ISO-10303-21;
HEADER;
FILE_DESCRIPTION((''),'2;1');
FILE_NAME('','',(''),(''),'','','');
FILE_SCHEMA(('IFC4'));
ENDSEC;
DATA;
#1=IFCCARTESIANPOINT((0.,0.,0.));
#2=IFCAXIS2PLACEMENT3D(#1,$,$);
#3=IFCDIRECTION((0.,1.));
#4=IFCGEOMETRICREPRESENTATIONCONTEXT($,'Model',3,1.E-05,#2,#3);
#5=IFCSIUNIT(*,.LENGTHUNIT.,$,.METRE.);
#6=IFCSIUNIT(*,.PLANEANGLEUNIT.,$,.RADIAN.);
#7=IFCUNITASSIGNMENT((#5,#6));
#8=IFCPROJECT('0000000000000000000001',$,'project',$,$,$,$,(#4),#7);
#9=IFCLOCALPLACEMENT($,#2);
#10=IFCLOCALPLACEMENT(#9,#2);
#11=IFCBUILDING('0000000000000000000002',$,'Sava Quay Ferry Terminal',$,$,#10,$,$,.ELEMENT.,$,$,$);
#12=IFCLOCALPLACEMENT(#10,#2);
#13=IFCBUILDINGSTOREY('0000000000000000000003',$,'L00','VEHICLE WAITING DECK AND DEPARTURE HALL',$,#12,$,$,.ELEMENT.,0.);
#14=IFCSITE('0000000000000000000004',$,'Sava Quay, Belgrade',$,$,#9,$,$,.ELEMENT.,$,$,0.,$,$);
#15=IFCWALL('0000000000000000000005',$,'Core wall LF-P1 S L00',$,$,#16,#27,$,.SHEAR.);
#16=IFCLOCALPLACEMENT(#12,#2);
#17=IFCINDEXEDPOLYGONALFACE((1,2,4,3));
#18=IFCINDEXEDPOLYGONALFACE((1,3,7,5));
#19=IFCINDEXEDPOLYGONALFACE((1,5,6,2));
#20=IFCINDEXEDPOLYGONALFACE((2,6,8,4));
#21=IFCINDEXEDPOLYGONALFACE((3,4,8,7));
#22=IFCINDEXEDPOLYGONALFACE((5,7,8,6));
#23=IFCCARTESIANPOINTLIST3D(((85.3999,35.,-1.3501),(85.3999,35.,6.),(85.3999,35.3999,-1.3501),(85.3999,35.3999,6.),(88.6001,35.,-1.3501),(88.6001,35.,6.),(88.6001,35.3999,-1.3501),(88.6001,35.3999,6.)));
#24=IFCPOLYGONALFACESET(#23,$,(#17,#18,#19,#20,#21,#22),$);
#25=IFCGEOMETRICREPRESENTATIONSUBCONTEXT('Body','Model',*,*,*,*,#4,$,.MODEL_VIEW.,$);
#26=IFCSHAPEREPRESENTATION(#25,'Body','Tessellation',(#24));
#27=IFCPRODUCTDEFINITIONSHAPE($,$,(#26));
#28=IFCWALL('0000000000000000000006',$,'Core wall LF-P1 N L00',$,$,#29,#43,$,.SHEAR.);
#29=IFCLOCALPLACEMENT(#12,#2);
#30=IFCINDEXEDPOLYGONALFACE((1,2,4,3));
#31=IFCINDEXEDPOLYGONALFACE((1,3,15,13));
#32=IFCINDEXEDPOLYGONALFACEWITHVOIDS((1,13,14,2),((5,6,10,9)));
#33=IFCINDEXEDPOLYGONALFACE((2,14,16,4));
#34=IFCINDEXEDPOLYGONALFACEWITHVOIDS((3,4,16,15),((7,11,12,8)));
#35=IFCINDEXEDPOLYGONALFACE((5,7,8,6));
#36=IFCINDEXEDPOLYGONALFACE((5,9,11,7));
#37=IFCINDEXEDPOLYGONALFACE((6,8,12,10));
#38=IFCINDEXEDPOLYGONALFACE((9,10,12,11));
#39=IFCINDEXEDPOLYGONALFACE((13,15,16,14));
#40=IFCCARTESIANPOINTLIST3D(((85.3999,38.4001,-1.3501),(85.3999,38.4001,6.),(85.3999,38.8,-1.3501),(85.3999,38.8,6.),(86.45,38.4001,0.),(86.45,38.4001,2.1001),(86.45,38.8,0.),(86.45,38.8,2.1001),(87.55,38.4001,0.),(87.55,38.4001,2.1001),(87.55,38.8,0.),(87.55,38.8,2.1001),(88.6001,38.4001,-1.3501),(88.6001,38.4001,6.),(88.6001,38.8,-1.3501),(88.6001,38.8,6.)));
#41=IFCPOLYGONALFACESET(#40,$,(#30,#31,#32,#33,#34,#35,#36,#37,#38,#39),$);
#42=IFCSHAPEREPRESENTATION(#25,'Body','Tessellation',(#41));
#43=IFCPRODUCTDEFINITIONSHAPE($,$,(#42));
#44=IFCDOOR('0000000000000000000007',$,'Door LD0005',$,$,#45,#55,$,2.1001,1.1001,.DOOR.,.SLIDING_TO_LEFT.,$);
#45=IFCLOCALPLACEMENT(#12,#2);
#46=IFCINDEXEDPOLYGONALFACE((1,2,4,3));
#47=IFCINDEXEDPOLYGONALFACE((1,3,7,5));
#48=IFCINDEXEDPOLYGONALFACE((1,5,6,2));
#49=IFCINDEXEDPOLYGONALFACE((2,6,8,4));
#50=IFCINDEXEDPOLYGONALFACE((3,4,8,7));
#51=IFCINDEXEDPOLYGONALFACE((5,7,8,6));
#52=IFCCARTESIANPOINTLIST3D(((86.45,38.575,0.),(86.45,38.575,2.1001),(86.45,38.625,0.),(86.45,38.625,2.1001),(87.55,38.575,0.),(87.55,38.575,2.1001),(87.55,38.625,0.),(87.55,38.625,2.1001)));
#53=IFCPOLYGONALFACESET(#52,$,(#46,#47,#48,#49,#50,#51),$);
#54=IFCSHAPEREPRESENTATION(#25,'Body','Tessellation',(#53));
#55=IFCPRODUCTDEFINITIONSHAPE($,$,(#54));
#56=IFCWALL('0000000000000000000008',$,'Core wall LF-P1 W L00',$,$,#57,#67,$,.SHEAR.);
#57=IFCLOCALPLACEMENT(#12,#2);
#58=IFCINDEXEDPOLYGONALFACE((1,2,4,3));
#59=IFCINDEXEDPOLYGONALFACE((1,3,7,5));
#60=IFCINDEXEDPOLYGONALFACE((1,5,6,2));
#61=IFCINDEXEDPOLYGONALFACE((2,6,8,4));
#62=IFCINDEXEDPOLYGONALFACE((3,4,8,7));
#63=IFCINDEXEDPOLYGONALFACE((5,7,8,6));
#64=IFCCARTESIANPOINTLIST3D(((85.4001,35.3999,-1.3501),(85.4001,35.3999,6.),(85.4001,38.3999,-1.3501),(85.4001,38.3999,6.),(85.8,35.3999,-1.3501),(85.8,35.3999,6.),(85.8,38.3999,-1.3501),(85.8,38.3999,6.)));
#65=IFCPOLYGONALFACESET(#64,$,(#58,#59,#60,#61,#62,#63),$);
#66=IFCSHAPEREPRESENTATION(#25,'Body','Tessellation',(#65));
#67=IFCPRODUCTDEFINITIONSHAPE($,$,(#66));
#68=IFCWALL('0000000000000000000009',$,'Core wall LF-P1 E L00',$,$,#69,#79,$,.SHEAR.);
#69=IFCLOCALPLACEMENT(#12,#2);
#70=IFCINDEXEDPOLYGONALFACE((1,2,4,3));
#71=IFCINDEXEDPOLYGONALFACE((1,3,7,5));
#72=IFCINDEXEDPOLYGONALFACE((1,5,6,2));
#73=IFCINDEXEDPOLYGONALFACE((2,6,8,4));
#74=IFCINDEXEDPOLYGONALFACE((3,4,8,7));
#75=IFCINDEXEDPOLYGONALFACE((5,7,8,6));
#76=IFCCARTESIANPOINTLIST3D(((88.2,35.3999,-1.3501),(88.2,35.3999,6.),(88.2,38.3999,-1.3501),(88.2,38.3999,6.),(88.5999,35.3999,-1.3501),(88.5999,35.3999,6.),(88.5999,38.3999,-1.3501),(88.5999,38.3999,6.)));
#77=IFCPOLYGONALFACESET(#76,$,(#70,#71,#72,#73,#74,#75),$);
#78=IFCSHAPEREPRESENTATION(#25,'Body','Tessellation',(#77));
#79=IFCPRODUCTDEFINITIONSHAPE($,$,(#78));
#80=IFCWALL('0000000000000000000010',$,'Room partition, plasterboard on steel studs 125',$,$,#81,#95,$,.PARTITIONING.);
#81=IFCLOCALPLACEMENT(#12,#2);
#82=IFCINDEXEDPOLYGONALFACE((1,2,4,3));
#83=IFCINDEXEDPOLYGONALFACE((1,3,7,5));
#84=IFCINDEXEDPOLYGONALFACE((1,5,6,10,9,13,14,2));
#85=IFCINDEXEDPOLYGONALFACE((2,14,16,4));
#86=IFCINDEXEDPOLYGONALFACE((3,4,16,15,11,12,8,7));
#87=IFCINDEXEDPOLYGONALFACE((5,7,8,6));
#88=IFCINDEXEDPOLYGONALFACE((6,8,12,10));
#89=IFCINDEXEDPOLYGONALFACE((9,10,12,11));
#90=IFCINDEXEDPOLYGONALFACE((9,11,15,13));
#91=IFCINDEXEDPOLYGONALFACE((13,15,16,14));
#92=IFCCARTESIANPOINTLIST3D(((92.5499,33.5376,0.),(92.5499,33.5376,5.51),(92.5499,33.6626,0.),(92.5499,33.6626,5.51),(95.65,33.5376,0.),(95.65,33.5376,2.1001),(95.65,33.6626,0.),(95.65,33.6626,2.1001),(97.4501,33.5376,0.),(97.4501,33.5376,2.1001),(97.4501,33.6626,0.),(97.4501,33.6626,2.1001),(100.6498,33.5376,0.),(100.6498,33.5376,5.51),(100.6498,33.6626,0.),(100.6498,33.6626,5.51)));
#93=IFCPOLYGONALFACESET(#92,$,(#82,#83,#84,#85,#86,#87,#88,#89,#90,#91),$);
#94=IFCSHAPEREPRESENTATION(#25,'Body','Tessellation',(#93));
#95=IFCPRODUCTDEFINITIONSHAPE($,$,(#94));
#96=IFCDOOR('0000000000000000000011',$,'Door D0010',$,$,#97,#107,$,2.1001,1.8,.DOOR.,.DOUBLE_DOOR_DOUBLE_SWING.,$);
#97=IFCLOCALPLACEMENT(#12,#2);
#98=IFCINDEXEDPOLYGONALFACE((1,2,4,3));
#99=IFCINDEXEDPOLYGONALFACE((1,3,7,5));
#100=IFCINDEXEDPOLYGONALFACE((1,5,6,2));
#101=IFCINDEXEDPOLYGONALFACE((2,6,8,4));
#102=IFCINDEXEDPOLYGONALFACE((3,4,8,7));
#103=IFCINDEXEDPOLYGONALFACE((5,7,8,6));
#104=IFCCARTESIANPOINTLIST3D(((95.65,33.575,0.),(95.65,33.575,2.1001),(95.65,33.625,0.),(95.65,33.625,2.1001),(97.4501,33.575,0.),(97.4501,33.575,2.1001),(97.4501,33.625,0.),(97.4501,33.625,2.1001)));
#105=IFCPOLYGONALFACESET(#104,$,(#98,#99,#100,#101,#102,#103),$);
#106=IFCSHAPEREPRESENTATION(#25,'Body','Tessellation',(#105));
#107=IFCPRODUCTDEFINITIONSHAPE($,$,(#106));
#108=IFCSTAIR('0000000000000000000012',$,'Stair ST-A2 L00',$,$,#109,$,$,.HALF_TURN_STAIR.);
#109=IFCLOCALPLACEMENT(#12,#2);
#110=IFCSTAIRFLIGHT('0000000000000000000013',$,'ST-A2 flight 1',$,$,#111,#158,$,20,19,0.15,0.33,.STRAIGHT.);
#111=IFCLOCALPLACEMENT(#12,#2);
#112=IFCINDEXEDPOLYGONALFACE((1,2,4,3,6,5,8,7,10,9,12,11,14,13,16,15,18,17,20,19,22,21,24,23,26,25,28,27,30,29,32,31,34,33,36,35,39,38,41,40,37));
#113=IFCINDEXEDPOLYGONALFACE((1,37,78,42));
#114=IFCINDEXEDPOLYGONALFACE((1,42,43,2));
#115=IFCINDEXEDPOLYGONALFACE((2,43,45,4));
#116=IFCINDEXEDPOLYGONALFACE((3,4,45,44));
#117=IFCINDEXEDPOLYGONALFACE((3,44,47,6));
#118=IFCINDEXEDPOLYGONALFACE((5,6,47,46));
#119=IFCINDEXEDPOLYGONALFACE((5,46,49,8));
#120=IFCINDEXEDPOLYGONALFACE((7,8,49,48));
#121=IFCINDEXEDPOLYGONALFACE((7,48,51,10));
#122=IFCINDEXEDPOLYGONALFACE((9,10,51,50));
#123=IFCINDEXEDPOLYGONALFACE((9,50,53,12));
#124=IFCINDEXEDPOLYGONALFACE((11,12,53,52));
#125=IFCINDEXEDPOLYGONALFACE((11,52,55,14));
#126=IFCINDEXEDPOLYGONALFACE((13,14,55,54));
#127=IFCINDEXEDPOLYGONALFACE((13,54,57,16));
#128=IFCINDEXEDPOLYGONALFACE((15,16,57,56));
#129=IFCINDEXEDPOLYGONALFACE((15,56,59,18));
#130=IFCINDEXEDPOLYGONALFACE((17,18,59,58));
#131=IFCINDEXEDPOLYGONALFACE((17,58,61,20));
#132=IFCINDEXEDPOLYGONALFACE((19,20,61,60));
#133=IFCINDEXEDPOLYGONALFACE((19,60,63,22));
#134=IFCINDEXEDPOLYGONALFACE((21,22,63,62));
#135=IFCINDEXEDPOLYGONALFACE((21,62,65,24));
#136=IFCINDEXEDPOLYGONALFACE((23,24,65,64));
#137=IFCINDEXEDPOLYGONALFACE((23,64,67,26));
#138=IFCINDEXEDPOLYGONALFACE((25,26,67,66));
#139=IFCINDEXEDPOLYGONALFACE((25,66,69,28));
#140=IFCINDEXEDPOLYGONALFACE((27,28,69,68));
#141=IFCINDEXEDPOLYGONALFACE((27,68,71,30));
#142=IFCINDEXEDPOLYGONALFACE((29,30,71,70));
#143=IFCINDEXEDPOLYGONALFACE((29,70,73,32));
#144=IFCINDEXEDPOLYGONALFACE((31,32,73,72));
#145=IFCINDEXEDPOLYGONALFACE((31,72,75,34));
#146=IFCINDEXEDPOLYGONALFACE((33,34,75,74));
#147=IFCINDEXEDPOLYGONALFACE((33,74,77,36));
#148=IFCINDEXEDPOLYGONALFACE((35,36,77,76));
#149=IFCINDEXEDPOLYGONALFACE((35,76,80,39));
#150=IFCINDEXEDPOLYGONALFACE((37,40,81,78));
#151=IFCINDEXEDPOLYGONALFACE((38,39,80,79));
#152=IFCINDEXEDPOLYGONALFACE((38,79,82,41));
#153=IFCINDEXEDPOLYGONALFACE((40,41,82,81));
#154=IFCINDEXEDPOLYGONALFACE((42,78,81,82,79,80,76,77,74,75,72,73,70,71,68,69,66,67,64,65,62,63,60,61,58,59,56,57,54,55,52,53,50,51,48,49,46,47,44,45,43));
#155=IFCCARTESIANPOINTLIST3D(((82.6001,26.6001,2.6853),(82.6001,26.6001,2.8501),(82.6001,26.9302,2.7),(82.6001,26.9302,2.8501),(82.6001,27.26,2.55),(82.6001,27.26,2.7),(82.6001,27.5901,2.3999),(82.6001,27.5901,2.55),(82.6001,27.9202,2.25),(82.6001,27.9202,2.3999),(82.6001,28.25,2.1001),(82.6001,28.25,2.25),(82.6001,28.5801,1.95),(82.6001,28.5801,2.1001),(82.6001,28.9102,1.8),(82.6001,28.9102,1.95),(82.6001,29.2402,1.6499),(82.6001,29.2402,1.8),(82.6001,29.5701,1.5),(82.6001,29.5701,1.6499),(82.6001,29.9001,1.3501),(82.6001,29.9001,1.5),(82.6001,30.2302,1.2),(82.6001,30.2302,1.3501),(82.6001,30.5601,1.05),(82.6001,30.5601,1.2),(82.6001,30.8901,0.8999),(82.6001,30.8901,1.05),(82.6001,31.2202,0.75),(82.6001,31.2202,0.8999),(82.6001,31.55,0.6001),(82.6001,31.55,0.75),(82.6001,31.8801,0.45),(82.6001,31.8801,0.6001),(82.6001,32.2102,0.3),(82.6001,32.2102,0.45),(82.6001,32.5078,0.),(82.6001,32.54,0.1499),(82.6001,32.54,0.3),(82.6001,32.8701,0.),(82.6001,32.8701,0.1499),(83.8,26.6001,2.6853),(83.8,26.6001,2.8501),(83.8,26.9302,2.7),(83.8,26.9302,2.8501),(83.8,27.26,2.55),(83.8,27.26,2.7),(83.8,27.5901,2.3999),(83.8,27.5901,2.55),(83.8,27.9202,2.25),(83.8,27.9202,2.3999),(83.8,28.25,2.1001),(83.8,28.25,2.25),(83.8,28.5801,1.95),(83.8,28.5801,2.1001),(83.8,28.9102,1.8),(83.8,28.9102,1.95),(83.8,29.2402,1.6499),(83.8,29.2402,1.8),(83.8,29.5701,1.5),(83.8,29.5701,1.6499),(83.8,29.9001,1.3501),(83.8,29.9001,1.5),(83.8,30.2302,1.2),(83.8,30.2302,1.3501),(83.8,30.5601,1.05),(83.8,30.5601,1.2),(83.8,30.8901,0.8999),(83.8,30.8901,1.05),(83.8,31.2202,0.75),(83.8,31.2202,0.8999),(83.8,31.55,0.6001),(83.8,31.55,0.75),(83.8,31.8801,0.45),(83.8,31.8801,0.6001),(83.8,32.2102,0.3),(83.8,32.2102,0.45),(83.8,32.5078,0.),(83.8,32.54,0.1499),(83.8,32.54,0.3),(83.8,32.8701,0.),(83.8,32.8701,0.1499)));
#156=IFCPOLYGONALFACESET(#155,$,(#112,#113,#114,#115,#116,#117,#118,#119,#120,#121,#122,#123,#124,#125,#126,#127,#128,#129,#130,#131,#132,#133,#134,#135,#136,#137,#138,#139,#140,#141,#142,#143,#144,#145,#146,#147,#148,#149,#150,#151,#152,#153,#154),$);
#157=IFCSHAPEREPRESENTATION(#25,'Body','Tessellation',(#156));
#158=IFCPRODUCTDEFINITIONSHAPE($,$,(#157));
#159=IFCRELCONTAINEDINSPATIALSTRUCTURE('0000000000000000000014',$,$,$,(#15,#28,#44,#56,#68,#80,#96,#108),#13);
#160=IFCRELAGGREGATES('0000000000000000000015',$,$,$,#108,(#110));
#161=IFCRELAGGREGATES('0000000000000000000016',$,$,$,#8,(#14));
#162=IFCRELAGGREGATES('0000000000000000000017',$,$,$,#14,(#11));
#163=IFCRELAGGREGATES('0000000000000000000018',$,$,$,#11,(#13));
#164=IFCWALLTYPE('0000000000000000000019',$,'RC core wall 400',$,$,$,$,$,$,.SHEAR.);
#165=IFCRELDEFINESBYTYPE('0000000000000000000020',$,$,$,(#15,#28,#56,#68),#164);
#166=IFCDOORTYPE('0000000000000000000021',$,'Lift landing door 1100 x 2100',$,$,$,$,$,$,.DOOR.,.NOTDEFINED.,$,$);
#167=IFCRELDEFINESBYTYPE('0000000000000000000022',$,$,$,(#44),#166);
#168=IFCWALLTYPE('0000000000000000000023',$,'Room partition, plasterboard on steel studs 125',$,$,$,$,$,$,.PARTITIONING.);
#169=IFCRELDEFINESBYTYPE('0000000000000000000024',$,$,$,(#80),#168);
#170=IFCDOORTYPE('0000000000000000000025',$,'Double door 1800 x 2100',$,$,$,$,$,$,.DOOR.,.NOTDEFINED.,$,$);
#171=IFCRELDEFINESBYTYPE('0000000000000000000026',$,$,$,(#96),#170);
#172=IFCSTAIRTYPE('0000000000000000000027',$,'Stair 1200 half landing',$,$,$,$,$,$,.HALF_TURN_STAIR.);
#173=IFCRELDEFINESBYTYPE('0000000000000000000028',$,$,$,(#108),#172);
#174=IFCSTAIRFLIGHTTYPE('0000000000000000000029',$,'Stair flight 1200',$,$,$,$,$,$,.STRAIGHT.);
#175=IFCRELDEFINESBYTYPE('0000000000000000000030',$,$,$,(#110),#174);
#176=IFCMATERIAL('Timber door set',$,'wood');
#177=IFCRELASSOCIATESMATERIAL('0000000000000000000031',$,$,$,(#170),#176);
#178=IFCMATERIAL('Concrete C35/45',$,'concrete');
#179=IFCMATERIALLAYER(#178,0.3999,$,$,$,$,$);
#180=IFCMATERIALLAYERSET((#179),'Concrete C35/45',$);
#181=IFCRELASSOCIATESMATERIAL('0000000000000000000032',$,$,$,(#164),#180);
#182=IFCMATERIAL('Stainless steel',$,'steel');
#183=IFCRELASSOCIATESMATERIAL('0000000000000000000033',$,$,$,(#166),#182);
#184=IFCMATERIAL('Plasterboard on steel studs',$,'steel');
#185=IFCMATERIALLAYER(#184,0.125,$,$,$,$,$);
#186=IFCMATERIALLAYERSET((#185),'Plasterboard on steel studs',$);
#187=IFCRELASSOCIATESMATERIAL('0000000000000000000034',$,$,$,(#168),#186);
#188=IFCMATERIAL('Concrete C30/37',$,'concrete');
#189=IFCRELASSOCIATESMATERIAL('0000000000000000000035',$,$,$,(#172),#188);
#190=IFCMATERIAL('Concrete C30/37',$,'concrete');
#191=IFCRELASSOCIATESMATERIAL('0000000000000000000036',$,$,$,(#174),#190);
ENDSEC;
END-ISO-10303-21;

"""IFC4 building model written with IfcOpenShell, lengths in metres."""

from ifc_helpers import new_model, si_unit, direction, frame, frame_2d, origin, place, context, subcontext, project, spatial, polyline, rectangle, outline, extrude, material, layer, layer_set, type_object, element, fill, aggregate, save


model = new_model("IFC4")

# Units and contexts
model_context = context("Model", 3, precision=1e-05, world=origin(), true_north=direction((0.0, 1.0)))
body_context = subcontext(model_context, "Body", "Model", "MODEL_VIEW")
ifc_project = project(units=[si_unit("LENGTHUNIT", "METRE"), si_unit("PLANEANGLEUNIT", "RADIAN")], contexts=[model_context])

# Site, building, storey
site_placement = place(None, origin())
site = spatial("IfcSite", under=ifc_project, at=site_placement, Name="Sava Quay, Belgrade", CompositionType="ELEMENT", RefElevation=0.0)
building_placement = place(site_placement, origin())
building = spatial("IfcBuilding", under=site, at=building_placement, Name="Sava Quay Ferry Terminal", CompositionType="ELEMENT")
storey_placement = place(building_placement, origin())
storey = spatial("IfcBuildingStorey", under=building, at=storey_placement, Name="L00", Description="VEHICLE WAITING DECK AND DEPARTURE HALL", CompositionType="ELEMENT", Elevation=0.0)

# Shared definitions
ifc_material_1 = material(Name="Timber door set", Category="wood")
door_type_1 = type_object("IfcDoorType", Name="Double door 1800 x 2100", OperationType="NOTDEFINED", PredefinedType="DOOR", material=ifc_material_1)

# Wall
ifc_material_2 = material(Name="Concrete C35/45", Category="concrete")
ifc_layer_1 = layer(ifc_material_2, 0.3999)
ifc_layer_set_1 = layer_set([ifc_layer_1], Name="Concrete C35/45")
wall_type_1 = type_object("IfcWallType", Name="RC core wall 400", PredefinedType="SHEAR", material=ifc_layer_set_1)
wall_1_placement = place(storey_placement, frame((85.3999, 35.2, -1.3501), z_axis=(0.0, 0.0, 1.0), x_axis=(1.0, 0.0, 0.0)))
element("IfcWall", 1, at=wall_1_placement, inside=storey, type_object=wall_type_1, Name="Core wall LF-P1 S L00", PredefinedType="SHEAR", context=body_context, shape_type="SweptSolid", body=[
    extrude(rectangle(XDim=3.2002, YDim=0.3999, at=frame_2d((1.6001, 0.0))), origin(), (0.0, 0.0, 1.0), 7.3501),
])

# Wall, opening, door
wall_2_placement = place(storey_placement, frame((85.3999, 38.6001, -1.3501), z_axis=(0.0, 0.0, 1.0), x_axis=(1.0, 0.0, 0.0)))
wall_2 = element("IfcWall", 2, at=wall_2_placement, inside=storey, type_object=wall_type_1, Name="Core wall LF-P1 N L00", PredefinedType="SHEAR", context=body_context, shape_type="SweptSolid", body=[
    extrude(rectangle(XDim=3.2002, YDim=0.3999, at=frame_2d((1.6001, 0.0))), origin(), (0.0, 0.0, 1.0), 7.3501),
])
opening_1_placement = place(wall_2_placement, frame((1.05, 0.0, 1.3501)))
opening_1 = element("IfcOpeningElement", 3, at=opening_1_placement, cuts=wall_2, PredefinedType="OPENING", context=body_context, shape_type="SweptSolid", body=[
    extrude(rectangle(XDim=1.1001, YDim=2.1001, at=frame_2d((0.55, 1.05))), frame((0.0, 0.2, 0.0), z_axis=(0.0, -1.0, 0.0), x_axis=(1.0, 0.0, 0.0)), (0.0, 0.0, 1.0), 0.3999),
])
ifc_material_3 = material(Name="Stainless steel", Category="steel")
door_type_2 = type_object("IfcDoorType", Name="Lift landing door 1100 x 2100", OperationType="NOTDEFINED", PredefinedType="DOOR", material=ifc_material_3)
door_1_placement = place(opening_1_placement, origin())
door_1 = element("IfcDoor", 4, at=door_1_placement, inside=storey, type_object=door_type_2, Name="Door LD0005", OperationType="SLIDING_TO_LEFT", OverallHeight=2.1001, OverallWidth=1.1001, PredefinedType="DOOR", context=body_context, shape_type="SweptSolid", body=[
    extrude(rectangle(XDim=1.1001, YDim=2.1001, at=frame_2d((0.55, 1.05))), frame((0.0, 0.0249, 0.0), z_axis=(0.0, -1.0, 0.0), x_axis=(1.0, 0.0, 0.0)), (0.0, 0.0, 1.0), 0.05),
])
fill(opening_1, door_1)

# Walls
for number, where, z_axis, x_axis, name in (
    (5, (85.6001, 35.3999, -1.3501), (0.0, 0.0, 1.0), (0.0, 1.0, 0.0), "Core wall LF-P1 W L00"),
    (6, (88.3999, 35.3999, -1.3501), (0.0, 0.0, 1.0), (0.0, 1.0, 0.0), "Core wall LF-P1 E L00"),
):
    element("IfcWall", number, at=place(storey_placement, frame(where, z_axis=z_axis, x_axis=x_axis)), inside=storey, type_object=wall_type_1, Name=name, PredefinedType="SHEAR", context=body_context, shape_type="SweptSolid", body=[
        extrude(rectangle(XDim=3.0, YDim=0.3999, at=frame_2d((1.5, 0.0))), origin(), (0.0, 0.0, 1.0), 7.3501),
    ])

# Wall, opening, door
ifc_material_4 = material(Name="Plasterboard on steel studs", Category="steel")
ifc_layer_2 = layer(ifc_material_4, 0.125)
ifc_layer_set_2 = layer_set([ifc_layer_2], Name="Plasterboard on steel studs")
wall_type_2 = type_object("IfcWallType", Name="Room partition, plasterboard on steel studs 125", PredefinedType="PARTITIONING", material=ifc_layer_set_2)
wall_3_placement = place(storey_placement, frame((92.55, 33.6001, 0.0), z_axis=(0.0, 0.0, 1.0), x_axis=(1.0, 0.0, 0.0)))
wall_3 = element("IfcWall", 7, at=wall_3_placement, inside=storey, type_object=wall_type_2, Name="Room partition, plasterboard on steel studs 125", PredefinedType="PARTITIONING", context=body_context, shape_type="SweptSolid", body=[
    extrude(rectangle(XDim=8.0999, YDim=0.125, at=frame_2d((4.0498, 0.0))), origin(), (0.0, 0.0, 1.0), 5.51),
])
opening_2_placement = place(wall_3_placement, frame((3.1001, 0.0, 0.0)))
opening_2 = element("IfcOpeningElement", 8, at=opening_2_placement, cuts=wall_3, PredefinedType="OPENING", context=body_context, shape_type="SweptSolid", body=[
    extrude(rectangle(XDim=1.8, YDim=2.1001, at=frame_2d((0.8999, 1.05))), frame((0.0, 0.0625, 0.0), z_axis=(0.0, -1.0, 0.0), x_axis=(1.0, 0.0, 0.0)), (0.0, 0.0, 1.0), 0.125),
])
door_2_placement = place(opening_2_placement, origin())
door_2 = element("IfcDoor", 9, at=door_2_placement, inside=storey, type_object=door_type_1, Name="Door D0010", OperationType="DOUBLE_DOOR_DOUBLE_SWING", OverallHeight=2.1001, OverallWidth=1.8, PredefinedType="DOOR", context=body_context, shape_type="SweptSolid", body=[
    extrude(rectangle(XDim=1.8, YDim=2.1001, at=frame_2d((0.8999, 1.05))), frame((0.0, 0.0249, 0.0), z_axis=(0.0, -1.0, 0.0), x_axis=(1.0, 0.0, 0.0)), (0.0, 0.0, 1.0), 0.05),
])
fill(opening_2, door_2)

# Stair, stair flight
ifc_material_5 = material(Name="Concrete C30/37", Category="concrete")
stair_type = type_object("IfcStairType", Name="Stair 1200 half landing", PredefinedType="HALF_TURN_STAIR", material=ifc_material_5)
stair_placement = place(storey_placement, origin())
stair = element("IfcStair", 10, at=stair_placement, inside=storey, type_object=stair_type, Name="Stair ST-A2 L00", PredefinedType="HALF_TURN_STAIR")
ifc_material_6 = material(Name="Concrete C30/37", Category="concrete")
stair_flight_type = type_object("IfcStairFlightType", Name="Stair flight 1200", PredefinedType="STRAIGHT", material=ifc_material_6)
stair_flight_placement = place(storey_placement, frame((83.2, 32.8701, 0.0), z_axis=(0.0, 0.0, 1.0), x_axis=(0.0, -1.0, 0.0)))
stair_flight = element("IfcStairFlight", 11, at=stair_flight_placement, type_object=stair_flight_type, Name="ST-A2 flight 1", NumberOfRisers=20, NumberOfTreads=19, PredefinedType="STRAIGHT", RiserHeight=0.15, TreadLength=0.33, context=body_context, shape_type="SweptSolid", body=[
    extrude(outline(polyline([(0.0, 0.0), (0.0, 0.1499), (0.3301, 0.1499), (0.3301, 0.3), (0.6599, 0.3), (0.6599, 0.45), (0.99, 0.45), (0.99, 0.6001), (1.3201, 0.6001), (1.3201, 0.75), (1.6499, 0.75), (1.6499, 0.8999), (1.98, 0.8999), (1.98, 1.05), (2.3101, 1.05), (2.3101, 1.2), (2.6399, 1.2), (2.6399, 1.3501), (2.97, 1.3501), (2.97, 1.5), (3.3, 1.5), (3.3, 1.6499), (3.6299, 1.6499), (3.6299, 1.8), (3.96, 1.8), (3.96, 1.95), (4.29, 1.95), (4.29, 2.1001), (4.6201, 2.1001), (4.6201, 2.25), (4.95, 2.25), (4.95, 2.3999), (5.28, 2.3999), (5.28, 2.55), (5.6101, 2.55), (5.6101, 2.7), (5.9399, 2.7), (5.9399, 2.8501), (6.27, 2.8501), (6.27, 3.0), (6.27, 2.6853), (0.3623, 0.0), (0.0, 0.0)])), frame((0.0, 0.6001, 0.0), z_axis=(0.0, -1.0, 0.0), x_axis=(1.0, 0.0, 0.0)), (0.0, 0.0, 1.0), 1.2),
])
aggregate(stair, [stair_flight])

save(model, "model.ifc")
